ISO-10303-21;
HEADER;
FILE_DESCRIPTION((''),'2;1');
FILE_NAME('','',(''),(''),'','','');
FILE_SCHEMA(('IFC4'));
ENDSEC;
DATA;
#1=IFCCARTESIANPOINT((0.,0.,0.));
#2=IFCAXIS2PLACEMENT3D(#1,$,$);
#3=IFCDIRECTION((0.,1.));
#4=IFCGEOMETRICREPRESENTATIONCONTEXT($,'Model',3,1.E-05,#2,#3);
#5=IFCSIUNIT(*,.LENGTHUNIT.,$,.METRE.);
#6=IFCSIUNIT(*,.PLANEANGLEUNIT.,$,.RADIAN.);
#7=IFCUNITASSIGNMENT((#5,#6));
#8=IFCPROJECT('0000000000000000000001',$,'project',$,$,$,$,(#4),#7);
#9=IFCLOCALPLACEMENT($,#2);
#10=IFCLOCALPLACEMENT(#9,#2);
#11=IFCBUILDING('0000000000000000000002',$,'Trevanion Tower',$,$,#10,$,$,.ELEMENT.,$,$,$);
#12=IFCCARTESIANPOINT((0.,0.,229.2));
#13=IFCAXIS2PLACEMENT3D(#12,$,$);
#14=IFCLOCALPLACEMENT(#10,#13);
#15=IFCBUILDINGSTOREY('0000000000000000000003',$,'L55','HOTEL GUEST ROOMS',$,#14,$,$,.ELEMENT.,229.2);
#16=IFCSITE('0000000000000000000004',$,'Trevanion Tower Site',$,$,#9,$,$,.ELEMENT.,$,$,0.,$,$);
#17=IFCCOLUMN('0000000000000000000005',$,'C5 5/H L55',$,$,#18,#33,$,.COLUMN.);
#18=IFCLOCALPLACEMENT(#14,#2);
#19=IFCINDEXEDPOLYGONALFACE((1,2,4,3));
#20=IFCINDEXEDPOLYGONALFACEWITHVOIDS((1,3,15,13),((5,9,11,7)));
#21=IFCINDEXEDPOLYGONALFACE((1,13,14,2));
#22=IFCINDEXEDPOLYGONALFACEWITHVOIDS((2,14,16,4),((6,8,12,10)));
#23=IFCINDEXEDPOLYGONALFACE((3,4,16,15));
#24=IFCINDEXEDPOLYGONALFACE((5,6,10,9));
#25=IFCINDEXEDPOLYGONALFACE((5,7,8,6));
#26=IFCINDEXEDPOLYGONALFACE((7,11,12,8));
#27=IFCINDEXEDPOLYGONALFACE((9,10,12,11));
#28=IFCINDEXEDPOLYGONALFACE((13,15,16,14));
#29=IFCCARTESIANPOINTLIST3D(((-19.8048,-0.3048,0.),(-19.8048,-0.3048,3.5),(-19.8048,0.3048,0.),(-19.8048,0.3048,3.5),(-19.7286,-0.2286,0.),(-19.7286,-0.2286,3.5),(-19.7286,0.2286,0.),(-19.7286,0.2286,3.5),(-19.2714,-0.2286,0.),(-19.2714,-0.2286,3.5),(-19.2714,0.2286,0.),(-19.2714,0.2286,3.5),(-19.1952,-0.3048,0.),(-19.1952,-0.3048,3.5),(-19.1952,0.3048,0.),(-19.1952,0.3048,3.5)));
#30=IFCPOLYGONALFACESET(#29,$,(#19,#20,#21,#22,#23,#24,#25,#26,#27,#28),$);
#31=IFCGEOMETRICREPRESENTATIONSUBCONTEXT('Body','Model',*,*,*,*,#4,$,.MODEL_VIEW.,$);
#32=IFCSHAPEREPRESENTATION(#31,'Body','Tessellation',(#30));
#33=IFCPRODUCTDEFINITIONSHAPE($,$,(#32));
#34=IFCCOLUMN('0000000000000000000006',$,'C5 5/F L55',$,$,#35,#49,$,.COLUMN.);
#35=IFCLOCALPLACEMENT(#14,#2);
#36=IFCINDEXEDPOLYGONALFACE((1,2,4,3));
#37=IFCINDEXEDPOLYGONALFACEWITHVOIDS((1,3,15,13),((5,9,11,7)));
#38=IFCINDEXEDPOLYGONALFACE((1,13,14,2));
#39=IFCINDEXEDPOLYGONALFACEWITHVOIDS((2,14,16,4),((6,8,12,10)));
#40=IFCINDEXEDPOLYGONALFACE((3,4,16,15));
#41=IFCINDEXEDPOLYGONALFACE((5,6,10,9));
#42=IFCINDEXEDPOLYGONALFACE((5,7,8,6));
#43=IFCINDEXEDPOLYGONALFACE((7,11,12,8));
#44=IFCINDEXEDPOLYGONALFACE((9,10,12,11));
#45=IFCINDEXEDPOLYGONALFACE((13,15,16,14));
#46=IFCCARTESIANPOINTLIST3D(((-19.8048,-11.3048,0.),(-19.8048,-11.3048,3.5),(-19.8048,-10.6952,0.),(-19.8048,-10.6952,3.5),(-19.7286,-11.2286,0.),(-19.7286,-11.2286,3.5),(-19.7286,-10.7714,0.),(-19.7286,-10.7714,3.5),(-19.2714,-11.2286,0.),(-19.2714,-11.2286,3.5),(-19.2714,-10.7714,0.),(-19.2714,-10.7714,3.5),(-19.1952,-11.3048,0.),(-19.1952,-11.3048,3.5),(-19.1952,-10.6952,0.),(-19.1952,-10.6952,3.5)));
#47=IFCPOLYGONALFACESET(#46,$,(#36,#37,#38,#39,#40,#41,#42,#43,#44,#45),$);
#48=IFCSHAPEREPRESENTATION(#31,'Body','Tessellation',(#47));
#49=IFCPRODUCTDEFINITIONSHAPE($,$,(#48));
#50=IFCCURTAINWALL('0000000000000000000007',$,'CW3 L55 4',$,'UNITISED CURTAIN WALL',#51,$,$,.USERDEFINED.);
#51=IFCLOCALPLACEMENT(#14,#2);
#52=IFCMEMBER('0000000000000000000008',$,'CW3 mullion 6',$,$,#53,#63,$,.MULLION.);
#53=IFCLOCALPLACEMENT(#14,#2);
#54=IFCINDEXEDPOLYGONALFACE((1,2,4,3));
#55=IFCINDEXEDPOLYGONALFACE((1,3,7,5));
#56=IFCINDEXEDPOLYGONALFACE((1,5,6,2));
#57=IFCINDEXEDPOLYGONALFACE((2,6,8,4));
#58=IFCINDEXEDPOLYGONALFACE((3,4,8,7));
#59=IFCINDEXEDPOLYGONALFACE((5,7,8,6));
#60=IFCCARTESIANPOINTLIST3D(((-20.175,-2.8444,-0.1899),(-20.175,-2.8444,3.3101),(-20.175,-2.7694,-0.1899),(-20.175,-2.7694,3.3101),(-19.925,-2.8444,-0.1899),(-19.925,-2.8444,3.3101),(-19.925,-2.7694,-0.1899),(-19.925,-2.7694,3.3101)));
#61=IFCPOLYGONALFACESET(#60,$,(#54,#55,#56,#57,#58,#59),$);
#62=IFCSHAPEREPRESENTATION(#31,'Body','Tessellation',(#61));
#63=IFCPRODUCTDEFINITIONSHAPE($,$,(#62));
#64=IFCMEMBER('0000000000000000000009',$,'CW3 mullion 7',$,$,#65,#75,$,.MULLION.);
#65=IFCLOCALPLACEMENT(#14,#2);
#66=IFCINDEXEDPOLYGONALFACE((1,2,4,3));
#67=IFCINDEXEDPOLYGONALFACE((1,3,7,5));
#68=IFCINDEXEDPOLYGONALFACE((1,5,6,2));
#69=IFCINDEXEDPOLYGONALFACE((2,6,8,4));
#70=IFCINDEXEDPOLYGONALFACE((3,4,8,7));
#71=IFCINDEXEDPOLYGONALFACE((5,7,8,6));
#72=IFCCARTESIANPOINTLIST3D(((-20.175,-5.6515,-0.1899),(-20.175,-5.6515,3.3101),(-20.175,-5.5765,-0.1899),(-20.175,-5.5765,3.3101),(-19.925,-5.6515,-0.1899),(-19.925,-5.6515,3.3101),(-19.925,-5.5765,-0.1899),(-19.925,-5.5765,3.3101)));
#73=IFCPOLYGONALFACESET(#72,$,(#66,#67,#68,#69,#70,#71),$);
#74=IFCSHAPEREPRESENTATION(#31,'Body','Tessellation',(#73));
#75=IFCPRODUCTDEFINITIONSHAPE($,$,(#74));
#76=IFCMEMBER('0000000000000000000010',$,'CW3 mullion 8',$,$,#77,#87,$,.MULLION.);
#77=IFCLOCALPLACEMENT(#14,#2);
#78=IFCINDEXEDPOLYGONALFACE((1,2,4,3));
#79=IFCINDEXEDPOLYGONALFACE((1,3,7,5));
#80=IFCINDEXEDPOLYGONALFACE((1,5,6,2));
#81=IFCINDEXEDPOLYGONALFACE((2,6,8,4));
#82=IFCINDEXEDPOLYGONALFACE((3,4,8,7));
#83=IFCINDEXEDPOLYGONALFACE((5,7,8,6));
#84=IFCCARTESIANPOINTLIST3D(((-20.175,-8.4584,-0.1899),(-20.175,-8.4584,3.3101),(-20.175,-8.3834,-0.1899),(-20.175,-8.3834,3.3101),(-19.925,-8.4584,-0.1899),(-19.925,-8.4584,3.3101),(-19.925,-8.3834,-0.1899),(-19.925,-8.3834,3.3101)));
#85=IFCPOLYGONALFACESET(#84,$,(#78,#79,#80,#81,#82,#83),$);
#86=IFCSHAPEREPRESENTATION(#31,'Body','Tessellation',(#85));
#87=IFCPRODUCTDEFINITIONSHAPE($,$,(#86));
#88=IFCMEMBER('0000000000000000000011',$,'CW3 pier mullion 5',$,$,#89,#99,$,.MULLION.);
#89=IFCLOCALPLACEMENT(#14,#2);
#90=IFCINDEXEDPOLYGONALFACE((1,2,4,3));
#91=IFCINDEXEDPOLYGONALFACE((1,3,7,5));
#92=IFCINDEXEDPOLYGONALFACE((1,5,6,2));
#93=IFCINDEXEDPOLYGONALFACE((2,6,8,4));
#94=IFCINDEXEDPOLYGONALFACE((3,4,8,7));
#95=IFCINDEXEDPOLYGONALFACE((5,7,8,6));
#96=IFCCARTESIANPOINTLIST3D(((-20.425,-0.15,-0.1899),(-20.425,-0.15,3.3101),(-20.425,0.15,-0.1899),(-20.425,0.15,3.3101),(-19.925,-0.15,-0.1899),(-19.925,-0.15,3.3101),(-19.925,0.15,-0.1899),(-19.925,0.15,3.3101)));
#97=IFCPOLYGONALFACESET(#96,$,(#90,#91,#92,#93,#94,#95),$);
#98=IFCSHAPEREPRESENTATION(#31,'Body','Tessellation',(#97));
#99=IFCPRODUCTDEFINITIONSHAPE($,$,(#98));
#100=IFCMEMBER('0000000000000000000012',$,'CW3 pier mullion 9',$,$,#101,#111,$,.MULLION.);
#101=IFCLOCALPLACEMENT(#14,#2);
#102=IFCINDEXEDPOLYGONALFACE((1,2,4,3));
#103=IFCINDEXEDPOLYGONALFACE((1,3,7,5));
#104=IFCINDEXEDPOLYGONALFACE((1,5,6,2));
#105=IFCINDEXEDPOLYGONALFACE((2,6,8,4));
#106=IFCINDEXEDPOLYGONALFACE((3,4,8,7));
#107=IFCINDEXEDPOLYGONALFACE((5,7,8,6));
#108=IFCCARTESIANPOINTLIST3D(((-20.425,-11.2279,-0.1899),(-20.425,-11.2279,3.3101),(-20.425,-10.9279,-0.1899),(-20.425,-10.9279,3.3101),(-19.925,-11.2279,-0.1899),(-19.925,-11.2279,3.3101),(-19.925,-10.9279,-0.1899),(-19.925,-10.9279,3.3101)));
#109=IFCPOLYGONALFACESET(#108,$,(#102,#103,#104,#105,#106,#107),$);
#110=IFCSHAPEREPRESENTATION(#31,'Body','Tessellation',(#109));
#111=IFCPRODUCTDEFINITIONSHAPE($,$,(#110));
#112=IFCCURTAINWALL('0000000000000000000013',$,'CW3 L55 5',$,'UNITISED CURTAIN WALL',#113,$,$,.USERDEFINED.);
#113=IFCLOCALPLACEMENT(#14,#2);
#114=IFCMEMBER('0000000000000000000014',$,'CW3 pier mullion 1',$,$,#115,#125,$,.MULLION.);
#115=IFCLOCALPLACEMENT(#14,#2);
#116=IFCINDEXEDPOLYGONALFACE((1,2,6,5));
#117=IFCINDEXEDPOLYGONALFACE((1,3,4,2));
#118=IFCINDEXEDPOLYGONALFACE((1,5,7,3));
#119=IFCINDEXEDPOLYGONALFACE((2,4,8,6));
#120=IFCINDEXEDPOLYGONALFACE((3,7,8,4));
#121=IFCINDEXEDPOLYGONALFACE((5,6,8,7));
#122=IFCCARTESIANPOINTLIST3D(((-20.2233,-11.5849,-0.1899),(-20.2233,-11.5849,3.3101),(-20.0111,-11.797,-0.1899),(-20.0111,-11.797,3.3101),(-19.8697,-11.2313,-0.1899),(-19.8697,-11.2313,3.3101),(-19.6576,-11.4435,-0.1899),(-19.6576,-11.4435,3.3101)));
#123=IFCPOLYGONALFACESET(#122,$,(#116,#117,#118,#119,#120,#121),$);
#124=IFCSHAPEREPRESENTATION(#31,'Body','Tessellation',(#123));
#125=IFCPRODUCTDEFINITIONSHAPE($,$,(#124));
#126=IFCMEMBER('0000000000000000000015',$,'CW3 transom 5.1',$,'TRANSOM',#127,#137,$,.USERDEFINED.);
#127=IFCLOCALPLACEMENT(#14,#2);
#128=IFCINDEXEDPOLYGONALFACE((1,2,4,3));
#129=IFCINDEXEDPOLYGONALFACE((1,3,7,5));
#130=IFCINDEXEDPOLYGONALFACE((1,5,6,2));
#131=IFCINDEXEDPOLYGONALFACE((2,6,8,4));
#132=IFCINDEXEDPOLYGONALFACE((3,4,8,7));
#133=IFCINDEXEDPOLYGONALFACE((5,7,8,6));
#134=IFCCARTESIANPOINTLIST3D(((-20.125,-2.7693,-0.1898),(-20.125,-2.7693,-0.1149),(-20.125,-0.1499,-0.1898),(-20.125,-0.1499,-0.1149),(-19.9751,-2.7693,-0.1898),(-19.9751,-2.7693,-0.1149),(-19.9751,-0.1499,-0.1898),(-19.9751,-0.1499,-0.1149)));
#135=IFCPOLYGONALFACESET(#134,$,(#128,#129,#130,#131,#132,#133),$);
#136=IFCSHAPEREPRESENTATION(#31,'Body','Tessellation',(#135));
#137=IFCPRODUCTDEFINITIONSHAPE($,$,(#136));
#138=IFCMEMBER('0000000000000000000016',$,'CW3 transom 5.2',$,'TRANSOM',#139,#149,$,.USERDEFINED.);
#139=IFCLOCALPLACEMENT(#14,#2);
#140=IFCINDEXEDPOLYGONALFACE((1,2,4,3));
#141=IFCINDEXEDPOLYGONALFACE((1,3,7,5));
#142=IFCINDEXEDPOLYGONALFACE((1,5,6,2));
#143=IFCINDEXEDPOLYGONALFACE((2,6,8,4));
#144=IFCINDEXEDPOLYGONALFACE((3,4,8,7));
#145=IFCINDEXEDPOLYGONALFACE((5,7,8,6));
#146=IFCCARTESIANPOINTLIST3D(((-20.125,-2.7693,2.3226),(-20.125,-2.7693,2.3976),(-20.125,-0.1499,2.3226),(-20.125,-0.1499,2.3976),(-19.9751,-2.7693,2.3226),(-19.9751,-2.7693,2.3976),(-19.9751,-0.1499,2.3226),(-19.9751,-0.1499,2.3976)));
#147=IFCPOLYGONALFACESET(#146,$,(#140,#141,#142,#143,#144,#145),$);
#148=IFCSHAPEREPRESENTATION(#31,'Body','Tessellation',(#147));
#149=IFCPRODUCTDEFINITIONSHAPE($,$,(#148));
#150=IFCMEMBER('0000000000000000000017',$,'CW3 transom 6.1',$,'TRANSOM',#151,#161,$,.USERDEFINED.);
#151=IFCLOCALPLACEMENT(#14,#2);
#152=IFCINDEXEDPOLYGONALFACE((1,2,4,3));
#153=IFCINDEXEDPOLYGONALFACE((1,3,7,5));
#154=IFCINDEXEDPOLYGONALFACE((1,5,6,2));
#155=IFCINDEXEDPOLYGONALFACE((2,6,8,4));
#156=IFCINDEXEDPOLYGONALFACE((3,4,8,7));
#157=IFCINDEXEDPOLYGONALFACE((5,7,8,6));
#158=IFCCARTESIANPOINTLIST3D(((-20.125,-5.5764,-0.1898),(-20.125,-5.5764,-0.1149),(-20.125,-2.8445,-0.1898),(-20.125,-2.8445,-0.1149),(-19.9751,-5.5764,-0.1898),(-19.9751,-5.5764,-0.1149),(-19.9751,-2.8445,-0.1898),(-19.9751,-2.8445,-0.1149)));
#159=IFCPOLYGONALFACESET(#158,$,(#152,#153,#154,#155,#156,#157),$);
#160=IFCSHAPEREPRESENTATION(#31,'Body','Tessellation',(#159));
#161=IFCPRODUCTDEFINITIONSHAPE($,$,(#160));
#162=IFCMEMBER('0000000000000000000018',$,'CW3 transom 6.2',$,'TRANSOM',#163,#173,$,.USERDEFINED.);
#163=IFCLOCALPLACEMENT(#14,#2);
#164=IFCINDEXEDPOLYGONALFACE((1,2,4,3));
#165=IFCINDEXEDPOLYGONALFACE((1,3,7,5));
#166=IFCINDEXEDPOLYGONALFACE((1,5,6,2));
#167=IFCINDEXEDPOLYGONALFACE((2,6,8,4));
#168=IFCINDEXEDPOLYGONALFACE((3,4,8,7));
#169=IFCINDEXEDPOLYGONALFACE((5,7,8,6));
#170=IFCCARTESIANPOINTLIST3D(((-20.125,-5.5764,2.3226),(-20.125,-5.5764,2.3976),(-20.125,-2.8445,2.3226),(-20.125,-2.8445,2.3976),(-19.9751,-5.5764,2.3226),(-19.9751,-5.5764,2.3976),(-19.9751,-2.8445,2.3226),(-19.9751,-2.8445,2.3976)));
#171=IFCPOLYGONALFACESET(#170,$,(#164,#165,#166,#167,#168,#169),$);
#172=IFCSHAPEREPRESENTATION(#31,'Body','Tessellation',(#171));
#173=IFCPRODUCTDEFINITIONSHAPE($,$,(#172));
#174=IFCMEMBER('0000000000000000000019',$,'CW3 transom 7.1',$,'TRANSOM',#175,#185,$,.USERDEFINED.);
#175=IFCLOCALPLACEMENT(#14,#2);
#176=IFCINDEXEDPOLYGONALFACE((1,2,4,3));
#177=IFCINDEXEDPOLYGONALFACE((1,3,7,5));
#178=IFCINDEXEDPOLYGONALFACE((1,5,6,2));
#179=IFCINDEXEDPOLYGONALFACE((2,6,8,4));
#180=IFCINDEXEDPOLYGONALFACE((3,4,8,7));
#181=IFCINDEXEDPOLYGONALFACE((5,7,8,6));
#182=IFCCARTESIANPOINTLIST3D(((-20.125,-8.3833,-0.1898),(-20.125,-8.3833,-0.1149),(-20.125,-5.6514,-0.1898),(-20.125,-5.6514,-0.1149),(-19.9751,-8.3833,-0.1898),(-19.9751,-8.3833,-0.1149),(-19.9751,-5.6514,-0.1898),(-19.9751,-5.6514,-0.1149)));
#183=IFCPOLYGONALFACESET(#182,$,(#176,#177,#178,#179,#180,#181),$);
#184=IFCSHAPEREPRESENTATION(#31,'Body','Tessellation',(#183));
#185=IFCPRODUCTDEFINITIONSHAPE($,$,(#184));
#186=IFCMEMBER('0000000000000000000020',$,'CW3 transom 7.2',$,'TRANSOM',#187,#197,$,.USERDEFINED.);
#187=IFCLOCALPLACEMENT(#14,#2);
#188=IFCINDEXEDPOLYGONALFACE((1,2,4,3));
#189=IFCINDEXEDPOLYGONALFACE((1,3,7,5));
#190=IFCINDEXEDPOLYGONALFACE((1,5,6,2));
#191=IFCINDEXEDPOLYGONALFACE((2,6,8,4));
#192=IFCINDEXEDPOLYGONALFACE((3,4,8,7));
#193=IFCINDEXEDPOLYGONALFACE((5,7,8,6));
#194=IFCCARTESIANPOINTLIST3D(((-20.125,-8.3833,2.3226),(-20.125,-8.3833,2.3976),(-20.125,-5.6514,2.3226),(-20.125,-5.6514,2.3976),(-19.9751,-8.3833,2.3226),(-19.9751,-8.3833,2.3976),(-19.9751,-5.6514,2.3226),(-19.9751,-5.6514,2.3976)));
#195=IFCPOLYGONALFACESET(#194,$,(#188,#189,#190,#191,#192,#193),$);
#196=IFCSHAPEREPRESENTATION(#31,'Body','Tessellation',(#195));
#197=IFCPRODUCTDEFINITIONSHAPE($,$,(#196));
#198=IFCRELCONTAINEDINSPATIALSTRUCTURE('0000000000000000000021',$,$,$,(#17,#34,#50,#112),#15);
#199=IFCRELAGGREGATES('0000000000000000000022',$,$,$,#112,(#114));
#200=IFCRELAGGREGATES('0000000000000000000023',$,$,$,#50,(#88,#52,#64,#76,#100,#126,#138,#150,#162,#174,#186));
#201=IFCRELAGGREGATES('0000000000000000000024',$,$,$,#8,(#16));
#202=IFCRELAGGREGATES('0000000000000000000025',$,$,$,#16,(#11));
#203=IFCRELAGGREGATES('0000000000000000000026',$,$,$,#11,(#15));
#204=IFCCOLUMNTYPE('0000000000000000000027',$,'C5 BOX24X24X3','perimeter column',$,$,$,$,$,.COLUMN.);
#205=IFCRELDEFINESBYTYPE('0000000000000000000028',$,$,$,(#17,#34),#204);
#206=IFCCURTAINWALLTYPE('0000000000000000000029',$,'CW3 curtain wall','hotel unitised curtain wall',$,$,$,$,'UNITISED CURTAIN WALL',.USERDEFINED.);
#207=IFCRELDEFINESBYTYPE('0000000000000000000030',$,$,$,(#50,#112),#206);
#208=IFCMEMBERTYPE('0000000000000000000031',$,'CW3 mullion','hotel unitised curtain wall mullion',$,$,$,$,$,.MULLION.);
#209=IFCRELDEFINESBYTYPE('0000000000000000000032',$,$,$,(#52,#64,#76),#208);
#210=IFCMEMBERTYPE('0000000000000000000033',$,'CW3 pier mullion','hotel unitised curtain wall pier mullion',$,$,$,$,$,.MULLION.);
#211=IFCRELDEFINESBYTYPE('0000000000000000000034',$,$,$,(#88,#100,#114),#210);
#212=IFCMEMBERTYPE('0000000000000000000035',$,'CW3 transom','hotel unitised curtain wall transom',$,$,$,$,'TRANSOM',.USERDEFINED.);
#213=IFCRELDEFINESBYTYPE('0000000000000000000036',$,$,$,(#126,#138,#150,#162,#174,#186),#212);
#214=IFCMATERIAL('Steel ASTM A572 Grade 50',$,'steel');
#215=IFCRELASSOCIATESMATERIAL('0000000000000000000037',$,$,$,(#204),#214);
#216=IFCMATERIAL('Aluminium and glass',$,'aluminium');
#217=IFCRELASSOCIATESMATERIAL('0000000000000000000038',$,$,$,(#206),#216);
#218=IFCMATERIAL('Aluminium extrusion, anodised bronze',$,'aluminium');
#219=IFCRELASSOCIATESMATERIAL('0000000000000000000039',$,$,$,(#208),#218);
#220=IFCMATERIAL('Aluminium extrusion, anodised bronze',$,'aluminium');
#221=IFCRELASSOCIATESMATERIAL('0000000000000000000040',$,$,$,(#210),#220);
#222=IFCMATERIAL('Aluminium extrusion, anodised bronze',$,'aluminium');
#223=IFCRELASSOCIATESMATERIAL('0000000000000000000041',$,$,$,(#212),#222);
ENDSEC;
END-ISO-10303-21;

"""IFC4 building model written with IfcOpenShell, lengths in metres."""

from ifc_helpers import new_model, si_unit, direction, frame, origin, origin_2d, place, context, subcontext, project, spatial, rectangle, hollow_rectangle, extrude, material, material_profile, profile_set, type_object, element, aggregate, save


model = new_model("IFC4")

# Units and contexts
model_context = context("Model", 3, precision=1e-05, world=origin(), true_north=direction((0.0, 1.0)))
body_context = subcontext(model_context, "Body", "Model", "MODEL_VIEW")
ifc_project = project(units=[si_unit("LENGTHUNIT", "METRE"), si_unit("PLANEANGLEUNIT", "RADIAN")], contexts=[model_context])

# Site, building, storey
site_placement = place(None, origin())
site = spatial("IfcSite", under=ifc_project, at=site_placement, Name="Trevanion Tower Site", CompositionType="ELEMENT", RefElevation=0.0)
building_placement = place(site_placement, origin())
building = spatial("IfcBuilding", under=site, at=building_placement, Name="Trevanion Tower", CompositionType="ELEMENT")
storey_placement = place(building_placement, frame((0.0, 0.0, 229.2)))
storey = spatial("IfcBuildingStorey", under=building, at=storey_placement, Name="L55", Description="HOTEL GUEST ROOMS", CompositionType="ELEMENT", Elevation=229.2)

# Columns
ifc_material_1 = material(Name="Steel ASTM A572 Grade 50", Category="steel")
ifc_material_profile_1 = material_profile(ifc_material_1, hollow_rectangle(XDim=0.6096, YDim=0.6096, WallThickness=0.0762, at=origin_2d()), Name="BOX24X24X3")
ifc_profile_set_1 = profile_set([ifc_material_profile_1], Name="Steel ASTM A572 Grade 50")
column_type = type_object("IfcColumnType", Name="C5 BOX24X24X3", Description="perimeter column", PredefinedType="COLUMN", material=ifc_profile_set_1)
for number, where, z_axis, x_axis, name in (
    (1, (-19.5, 0.0, 0.0), (0.0, 0.0, 1.0), (0.0, 1.0, 0.0), "C5 5/H L55"),
    (2, (-19.5, -11.0, 0.0), (0.0, 0.0, 1.0), (0.0, 1.0, 0.0), "C5 5/F L55"),
):
    element("IfcColumn", number, at=place(storey_placement, frame(where, z_axis=z_axis, x_axis=x_axis)), inside=storey, type_object=column_type, Name=name, PredefinedType="COLUMN", context=body_context, shape_type="SweptSolid", body=[
        extrude(hollow_rectangle(XDim=0.6096, YDim=0.6096, WallThickness=0.0762, at=origin_2d()), origin(), (0.0, 0.0, 1.0), 3.5),
    ])

# Curtain wall, members
ifc_material_2 = material(Name="Aluminium and glass", Category="aluminium")
curtain_wall_type = type_object("IfcCurtainWallType", Name="CW3 curtain wall", Description="hotel unitised curtain wall", ElementType="UNITISED CURTAIN WALL", PredefinedType="USERDEFINED", material=ifc_material_2)
curtain_wall_1_placement = place(storey_placement, origin())
curtain_wall_1 = element("IfcCurtainWall", 3, at=curtain_wall_1_placement, inside=storey, type_object=curtain_wall_type, Name="CW3 L55 4", ObjectType="UNITISED CURTAIN WALL", PredefinedType="USERDEFINED")
ifc_material_3 = material(Name="Aluminium extrusion, anodised bronze", Category="aluminium")
ifc_material_profile_2 = material_profile(ifc_material_3, rectangle(XDim=0.075, YDim=0.25, at=origin_2d()), Name="CW3 mullion")
ifc_profile_set_2 = profile_set([ifc_material_profile_2], Name="Aluminium extrusion, anodised bronze")
member_type_1 = type_object("IfcMemberType", Name="CW3 mullion", Description="hotel unitised curtain wall mullion", PredefinedType="MULLION", material=ifc_profile_set_2)
member_1_placement = place(storey_placement, frame((-20.05, -2.8069, -0.1899), z_axis=(0.0, 0.0, 1.0), x_axis=(0.0, -1.0, 0.0)))
member_1 = element("IfcMember", 4, at=member_1_placement, type_object=member_type_1, Name="CW3 mullion 6", PredefinedType="MULLION", context=body_context, shape_type="SweptSolid", body=[
    extrude(rectangle(XDim=0.075, YDim=0.25, at=origin_2d()), origin(), (0.0, 0.0, 1.0), 3.5),
])
member_2_placement = place(storey_placement, frame((-20.05, -5.614, -0.1899), z_axis=(0.0, 0.0, 1.0), x_axis=(0.0, -1.0, 0.0)))
member_2 = element("IfcMember", 5, at=member_2_placement, type_object=member_type_1, Name="CW3 mullion 7", PredefinedType="MULLION", context=body_context, shape_type="SweptSolid", body=[
    extrude(rectangle(XDim=0.075, YDim=0.25, at=origin_2d()), origin(), (0.0, 0.0, 1.0), 3.5),
])
member_3_placement = place(storey_placement, frame((-20.05, -8.4209, -0.1899), z_axis=(0.0, 0.0, 1.0), x_axis=(0.0, -1.0, 0.0)))
member_3 = element("IfcMember", 6, at=member_3_placement, type_object=member_type_1, Name="CW3 mullion 8", PredefinedType="MULLION", context=body_context, shape_type="SweptSolid", body=[
    extrude(rectangle(XDim=0.075, YDim=0.25, at=origin_2d()), origin(), (0.0, 0.0, 1.0), 3.5),
])
ifc_material_4 = material(Name="Aluminium extrusion, anodised bronze", Category="aluminium")
ifc_material_profile_3 = material_profile(ifc_material_4, rectangle(XDim=0.3, YDim=0.5, at=origin_2d()), Name="CW3 pier mullion")
ifc_profile_set_3 = profile_set([ifc_material_profile_3], Name="Aluminium extrusion, anodised bronze")
member_type_2 = type_object("IfcMemberType", Name="CW3 pier mullion", Description="hotel unitised curtain wall pier mullion", PredefinedType="MULLION", material=ifc_profile_set_3)
member_4_placement = place(storey_placement, frame((-20.175, 0.0, -0.1899), z_axis=(0.0, 0.0, 1.0), x_axis=(0.0, -1.0, 0.0)))
member_4 = element("IfcMember", 7, at=member_4_placement, type_object=member_type_2, Name="CW3 pier mullion 5", PredefinedType="MULLION", context=body_context, shape_type="SweptSolid", body=[
    extrude(rectangle(XDim=0.3, YDim=0.5, at=origin_2d()), origin(), (0.0, 0.0, 1.0), 3.5),
])
member_5_placement = place(storey_placement, frame((-20.175, -11.0779, -0.1899), z_axis=(0.0, 0.0, 1.0), x_axis=(0.0, -1.0, 0.0)))
member_5 = element("IfcMember", 8, at=member_5_placement, type_object=member_type_2, Name="CW3 pier mullion 9", PredefinedType="MULLION", context=body_context, shape_type="SweptSolid", body=[
    extrude(rectangle(XDim=0.3, YDim=0.5, at=origin_2d()), origin(), (0.0, 0.0, 1.0), 3.5),
])

# Curtain wall, member
curtain_wall_2_placement = place(storey_placement, origin())
curtain_wall_2 = element("IfcCurtainWall", 9, at=curtain_wall_2_placement, inside=storey, type_object=curtain_wall_type, Name="CW3 L55 5", ObjectType="UNITISED CURTAIN WALL", PredefinedType="USERDEFINED")
member_6_placement = place(storey_placement, frame((-19.9404, -11.5142, -0.1899), z_axis=(0.0, 0.0, 1.0), x_axis=(0.707107, -0.707107, 0.0)))
member_6 = element("IfcMember", 10, at=member_6_placement, type_object=member_type_2, Name="CW3 pier mullion 1", PredefinedType="MULLION", context=body_context, shape_type="SweptSolid", body=[
    extrude(rectangle(XDim=0.3, YDim=0.5, at=origin_2d()), origin(), (0.0, 0.0, 1.0), 3.5),
])
aggregate(curtain_wall_2, [member_6])

# Members
ifc_material_5 = material(Name="Aluminium extrusion, anodised bronze", Category="aluminium")
ifc_material_profile_4 = material_profile(ifc_material_5, rectangle(XDim=0.1499, YDim=0.075, at=origin_2d()), Name="CW3 transom")
ifc_profile_set_4 = profile_set([ifc_material_profile_4], Name="Aluminium extrusion, anodised bronze")
member_type_3 = type_object("IfcMemberType", Name="CW3 transom", Description="hotel unitised curtain wall transom", ElementType="TRANSOM", PredefinedType="USERDEFINED", material=ifc_profile_set_4)
member_7_placement = place(storey_placement, frame((-20.05, -0.1499, -0.1523), z_axis=(0.0, -1.0, 0.0), x_axis=(1.0, 0.0, 0.0)))
member_7 = element("IfcMember", 11, at=member_7_placement, type_object=member_type_3, Name="CW3 transom 5.1", ObjectType="TRANSOM", PredefinedType="USERDEFINED", context=body_context, shape_type="SweptSolid", body=[
    extrude(rectangle(XDim=0.1499, YDim=0.075, at=origin_2d()), origin(), (0.0, 0.0, 1.0), 2.6194),
])
member_8_placement = place(storey_placement, frame((-20.05, -0.1499, 2.3601), z_axis=(0.0, -1.0, 0.0), x_axis=(1.0, 0.0, 0.0)))
member_8 = element("IfcMember", 12, at=member_8_placement, type_object=member_type_3, Name="CW3 transom 5.2", ObjectType="TRANSOM", PredefinedType="USERDEFINED", context=body_context, shape_type="SweptSolid", body=[
    extrude(rectangle(XDim=0.1499, YDim=0.075, at=origin_2d()), origin(), (0.0, 0.0, 1.0), 2.6194),
])
member_9_placement = place(storey_placement, frame((-20.05, -2.8445, -0.1523), z_axis=(0.0, -1.0, 0.0), x_axis=(1.0, 0.0, 0.0)))
member_9 = element("IfcMember", 13, at=member_9_placement, type_object=member_type_3, Name="CW3 transom 6.1", ObjectType="TRANSOM", PredefinedType="USERDEFINED", context=body_context, shape_type="SweptSolid", body=[
    extrude(rectangle(XDim=0.1499, YDim=0.075, at=origin_2d()), origin(), (0.0, 0.0, 1.0), 2.7319),
])
member_10_placement = place(storey_placement, frame((-20.05, -2.8445, 2.3601), z_axis=(0.0, -1.0, 0.0), x_axis=(1.0, 0.0, 0.0)))
member_10 = element("IfcMember", 14, at=member_10_placement, type_object=member_type_3, Name="CW3 transom 6.2", ObjectType="TRANSOM", PredefinedType="USERDEFINED", context=body_context, shape_type="SweptSolid", body=[
    extrude(rectangle(XDim=0.1499, YDim=0.075, at=origin_2d()), origin(), (0.0, 0.0, 1.0), 2.7319),
])
member_11_placement = place(storey_placement, frame((-20.05, -5.6514, -0.1523), z_axis=(0.0, -1.0, 0.0), x_axis=(1.0, 0.0, 0.0)))
member_11 = element("IfcMember", 15, at=member_11_placement, type_object=member_type_3, Name="CW3 transom 7.1", ObjectType="TRANSOM", PredefinedType="USERDEFINED", context=body_context, shape_type="SweptSolid", body=[
    extrude(rectangle(XDim=0.1499, YDim=0.075, at=origin_2d()), origin(), (0.0, 0.0, 1.0), 2.7319),
])
member_12_placement = place(storey_placement, frame((-20.05, -5.6514, 2.3601), z_axis=(0.0, -1.0, 0.0), x_axis=(1.0, 0.0, 0.0)))
member_12 = element("IfcMember", 16, at=member_12_placement, type_object=member_type_3, Name="CW3 transom 7.2", ObjectType="TRANSOM", PredefinedType="USERDEFINED", context=body_context, shape_type="SweptSolid", body=[
    extrude(rectangle(XDim=0.1499, YDim=0.075, at=origin_2d()), origin(), (0.0, 0.0, 1.0), 2.7319),
])

aggregate(curtain_wall_1, [member_4, member_1, member_2, member_3, member_5, member_7, member_8, member_9, member_10, member_11, member_12])

save(model, "model.ifc")
